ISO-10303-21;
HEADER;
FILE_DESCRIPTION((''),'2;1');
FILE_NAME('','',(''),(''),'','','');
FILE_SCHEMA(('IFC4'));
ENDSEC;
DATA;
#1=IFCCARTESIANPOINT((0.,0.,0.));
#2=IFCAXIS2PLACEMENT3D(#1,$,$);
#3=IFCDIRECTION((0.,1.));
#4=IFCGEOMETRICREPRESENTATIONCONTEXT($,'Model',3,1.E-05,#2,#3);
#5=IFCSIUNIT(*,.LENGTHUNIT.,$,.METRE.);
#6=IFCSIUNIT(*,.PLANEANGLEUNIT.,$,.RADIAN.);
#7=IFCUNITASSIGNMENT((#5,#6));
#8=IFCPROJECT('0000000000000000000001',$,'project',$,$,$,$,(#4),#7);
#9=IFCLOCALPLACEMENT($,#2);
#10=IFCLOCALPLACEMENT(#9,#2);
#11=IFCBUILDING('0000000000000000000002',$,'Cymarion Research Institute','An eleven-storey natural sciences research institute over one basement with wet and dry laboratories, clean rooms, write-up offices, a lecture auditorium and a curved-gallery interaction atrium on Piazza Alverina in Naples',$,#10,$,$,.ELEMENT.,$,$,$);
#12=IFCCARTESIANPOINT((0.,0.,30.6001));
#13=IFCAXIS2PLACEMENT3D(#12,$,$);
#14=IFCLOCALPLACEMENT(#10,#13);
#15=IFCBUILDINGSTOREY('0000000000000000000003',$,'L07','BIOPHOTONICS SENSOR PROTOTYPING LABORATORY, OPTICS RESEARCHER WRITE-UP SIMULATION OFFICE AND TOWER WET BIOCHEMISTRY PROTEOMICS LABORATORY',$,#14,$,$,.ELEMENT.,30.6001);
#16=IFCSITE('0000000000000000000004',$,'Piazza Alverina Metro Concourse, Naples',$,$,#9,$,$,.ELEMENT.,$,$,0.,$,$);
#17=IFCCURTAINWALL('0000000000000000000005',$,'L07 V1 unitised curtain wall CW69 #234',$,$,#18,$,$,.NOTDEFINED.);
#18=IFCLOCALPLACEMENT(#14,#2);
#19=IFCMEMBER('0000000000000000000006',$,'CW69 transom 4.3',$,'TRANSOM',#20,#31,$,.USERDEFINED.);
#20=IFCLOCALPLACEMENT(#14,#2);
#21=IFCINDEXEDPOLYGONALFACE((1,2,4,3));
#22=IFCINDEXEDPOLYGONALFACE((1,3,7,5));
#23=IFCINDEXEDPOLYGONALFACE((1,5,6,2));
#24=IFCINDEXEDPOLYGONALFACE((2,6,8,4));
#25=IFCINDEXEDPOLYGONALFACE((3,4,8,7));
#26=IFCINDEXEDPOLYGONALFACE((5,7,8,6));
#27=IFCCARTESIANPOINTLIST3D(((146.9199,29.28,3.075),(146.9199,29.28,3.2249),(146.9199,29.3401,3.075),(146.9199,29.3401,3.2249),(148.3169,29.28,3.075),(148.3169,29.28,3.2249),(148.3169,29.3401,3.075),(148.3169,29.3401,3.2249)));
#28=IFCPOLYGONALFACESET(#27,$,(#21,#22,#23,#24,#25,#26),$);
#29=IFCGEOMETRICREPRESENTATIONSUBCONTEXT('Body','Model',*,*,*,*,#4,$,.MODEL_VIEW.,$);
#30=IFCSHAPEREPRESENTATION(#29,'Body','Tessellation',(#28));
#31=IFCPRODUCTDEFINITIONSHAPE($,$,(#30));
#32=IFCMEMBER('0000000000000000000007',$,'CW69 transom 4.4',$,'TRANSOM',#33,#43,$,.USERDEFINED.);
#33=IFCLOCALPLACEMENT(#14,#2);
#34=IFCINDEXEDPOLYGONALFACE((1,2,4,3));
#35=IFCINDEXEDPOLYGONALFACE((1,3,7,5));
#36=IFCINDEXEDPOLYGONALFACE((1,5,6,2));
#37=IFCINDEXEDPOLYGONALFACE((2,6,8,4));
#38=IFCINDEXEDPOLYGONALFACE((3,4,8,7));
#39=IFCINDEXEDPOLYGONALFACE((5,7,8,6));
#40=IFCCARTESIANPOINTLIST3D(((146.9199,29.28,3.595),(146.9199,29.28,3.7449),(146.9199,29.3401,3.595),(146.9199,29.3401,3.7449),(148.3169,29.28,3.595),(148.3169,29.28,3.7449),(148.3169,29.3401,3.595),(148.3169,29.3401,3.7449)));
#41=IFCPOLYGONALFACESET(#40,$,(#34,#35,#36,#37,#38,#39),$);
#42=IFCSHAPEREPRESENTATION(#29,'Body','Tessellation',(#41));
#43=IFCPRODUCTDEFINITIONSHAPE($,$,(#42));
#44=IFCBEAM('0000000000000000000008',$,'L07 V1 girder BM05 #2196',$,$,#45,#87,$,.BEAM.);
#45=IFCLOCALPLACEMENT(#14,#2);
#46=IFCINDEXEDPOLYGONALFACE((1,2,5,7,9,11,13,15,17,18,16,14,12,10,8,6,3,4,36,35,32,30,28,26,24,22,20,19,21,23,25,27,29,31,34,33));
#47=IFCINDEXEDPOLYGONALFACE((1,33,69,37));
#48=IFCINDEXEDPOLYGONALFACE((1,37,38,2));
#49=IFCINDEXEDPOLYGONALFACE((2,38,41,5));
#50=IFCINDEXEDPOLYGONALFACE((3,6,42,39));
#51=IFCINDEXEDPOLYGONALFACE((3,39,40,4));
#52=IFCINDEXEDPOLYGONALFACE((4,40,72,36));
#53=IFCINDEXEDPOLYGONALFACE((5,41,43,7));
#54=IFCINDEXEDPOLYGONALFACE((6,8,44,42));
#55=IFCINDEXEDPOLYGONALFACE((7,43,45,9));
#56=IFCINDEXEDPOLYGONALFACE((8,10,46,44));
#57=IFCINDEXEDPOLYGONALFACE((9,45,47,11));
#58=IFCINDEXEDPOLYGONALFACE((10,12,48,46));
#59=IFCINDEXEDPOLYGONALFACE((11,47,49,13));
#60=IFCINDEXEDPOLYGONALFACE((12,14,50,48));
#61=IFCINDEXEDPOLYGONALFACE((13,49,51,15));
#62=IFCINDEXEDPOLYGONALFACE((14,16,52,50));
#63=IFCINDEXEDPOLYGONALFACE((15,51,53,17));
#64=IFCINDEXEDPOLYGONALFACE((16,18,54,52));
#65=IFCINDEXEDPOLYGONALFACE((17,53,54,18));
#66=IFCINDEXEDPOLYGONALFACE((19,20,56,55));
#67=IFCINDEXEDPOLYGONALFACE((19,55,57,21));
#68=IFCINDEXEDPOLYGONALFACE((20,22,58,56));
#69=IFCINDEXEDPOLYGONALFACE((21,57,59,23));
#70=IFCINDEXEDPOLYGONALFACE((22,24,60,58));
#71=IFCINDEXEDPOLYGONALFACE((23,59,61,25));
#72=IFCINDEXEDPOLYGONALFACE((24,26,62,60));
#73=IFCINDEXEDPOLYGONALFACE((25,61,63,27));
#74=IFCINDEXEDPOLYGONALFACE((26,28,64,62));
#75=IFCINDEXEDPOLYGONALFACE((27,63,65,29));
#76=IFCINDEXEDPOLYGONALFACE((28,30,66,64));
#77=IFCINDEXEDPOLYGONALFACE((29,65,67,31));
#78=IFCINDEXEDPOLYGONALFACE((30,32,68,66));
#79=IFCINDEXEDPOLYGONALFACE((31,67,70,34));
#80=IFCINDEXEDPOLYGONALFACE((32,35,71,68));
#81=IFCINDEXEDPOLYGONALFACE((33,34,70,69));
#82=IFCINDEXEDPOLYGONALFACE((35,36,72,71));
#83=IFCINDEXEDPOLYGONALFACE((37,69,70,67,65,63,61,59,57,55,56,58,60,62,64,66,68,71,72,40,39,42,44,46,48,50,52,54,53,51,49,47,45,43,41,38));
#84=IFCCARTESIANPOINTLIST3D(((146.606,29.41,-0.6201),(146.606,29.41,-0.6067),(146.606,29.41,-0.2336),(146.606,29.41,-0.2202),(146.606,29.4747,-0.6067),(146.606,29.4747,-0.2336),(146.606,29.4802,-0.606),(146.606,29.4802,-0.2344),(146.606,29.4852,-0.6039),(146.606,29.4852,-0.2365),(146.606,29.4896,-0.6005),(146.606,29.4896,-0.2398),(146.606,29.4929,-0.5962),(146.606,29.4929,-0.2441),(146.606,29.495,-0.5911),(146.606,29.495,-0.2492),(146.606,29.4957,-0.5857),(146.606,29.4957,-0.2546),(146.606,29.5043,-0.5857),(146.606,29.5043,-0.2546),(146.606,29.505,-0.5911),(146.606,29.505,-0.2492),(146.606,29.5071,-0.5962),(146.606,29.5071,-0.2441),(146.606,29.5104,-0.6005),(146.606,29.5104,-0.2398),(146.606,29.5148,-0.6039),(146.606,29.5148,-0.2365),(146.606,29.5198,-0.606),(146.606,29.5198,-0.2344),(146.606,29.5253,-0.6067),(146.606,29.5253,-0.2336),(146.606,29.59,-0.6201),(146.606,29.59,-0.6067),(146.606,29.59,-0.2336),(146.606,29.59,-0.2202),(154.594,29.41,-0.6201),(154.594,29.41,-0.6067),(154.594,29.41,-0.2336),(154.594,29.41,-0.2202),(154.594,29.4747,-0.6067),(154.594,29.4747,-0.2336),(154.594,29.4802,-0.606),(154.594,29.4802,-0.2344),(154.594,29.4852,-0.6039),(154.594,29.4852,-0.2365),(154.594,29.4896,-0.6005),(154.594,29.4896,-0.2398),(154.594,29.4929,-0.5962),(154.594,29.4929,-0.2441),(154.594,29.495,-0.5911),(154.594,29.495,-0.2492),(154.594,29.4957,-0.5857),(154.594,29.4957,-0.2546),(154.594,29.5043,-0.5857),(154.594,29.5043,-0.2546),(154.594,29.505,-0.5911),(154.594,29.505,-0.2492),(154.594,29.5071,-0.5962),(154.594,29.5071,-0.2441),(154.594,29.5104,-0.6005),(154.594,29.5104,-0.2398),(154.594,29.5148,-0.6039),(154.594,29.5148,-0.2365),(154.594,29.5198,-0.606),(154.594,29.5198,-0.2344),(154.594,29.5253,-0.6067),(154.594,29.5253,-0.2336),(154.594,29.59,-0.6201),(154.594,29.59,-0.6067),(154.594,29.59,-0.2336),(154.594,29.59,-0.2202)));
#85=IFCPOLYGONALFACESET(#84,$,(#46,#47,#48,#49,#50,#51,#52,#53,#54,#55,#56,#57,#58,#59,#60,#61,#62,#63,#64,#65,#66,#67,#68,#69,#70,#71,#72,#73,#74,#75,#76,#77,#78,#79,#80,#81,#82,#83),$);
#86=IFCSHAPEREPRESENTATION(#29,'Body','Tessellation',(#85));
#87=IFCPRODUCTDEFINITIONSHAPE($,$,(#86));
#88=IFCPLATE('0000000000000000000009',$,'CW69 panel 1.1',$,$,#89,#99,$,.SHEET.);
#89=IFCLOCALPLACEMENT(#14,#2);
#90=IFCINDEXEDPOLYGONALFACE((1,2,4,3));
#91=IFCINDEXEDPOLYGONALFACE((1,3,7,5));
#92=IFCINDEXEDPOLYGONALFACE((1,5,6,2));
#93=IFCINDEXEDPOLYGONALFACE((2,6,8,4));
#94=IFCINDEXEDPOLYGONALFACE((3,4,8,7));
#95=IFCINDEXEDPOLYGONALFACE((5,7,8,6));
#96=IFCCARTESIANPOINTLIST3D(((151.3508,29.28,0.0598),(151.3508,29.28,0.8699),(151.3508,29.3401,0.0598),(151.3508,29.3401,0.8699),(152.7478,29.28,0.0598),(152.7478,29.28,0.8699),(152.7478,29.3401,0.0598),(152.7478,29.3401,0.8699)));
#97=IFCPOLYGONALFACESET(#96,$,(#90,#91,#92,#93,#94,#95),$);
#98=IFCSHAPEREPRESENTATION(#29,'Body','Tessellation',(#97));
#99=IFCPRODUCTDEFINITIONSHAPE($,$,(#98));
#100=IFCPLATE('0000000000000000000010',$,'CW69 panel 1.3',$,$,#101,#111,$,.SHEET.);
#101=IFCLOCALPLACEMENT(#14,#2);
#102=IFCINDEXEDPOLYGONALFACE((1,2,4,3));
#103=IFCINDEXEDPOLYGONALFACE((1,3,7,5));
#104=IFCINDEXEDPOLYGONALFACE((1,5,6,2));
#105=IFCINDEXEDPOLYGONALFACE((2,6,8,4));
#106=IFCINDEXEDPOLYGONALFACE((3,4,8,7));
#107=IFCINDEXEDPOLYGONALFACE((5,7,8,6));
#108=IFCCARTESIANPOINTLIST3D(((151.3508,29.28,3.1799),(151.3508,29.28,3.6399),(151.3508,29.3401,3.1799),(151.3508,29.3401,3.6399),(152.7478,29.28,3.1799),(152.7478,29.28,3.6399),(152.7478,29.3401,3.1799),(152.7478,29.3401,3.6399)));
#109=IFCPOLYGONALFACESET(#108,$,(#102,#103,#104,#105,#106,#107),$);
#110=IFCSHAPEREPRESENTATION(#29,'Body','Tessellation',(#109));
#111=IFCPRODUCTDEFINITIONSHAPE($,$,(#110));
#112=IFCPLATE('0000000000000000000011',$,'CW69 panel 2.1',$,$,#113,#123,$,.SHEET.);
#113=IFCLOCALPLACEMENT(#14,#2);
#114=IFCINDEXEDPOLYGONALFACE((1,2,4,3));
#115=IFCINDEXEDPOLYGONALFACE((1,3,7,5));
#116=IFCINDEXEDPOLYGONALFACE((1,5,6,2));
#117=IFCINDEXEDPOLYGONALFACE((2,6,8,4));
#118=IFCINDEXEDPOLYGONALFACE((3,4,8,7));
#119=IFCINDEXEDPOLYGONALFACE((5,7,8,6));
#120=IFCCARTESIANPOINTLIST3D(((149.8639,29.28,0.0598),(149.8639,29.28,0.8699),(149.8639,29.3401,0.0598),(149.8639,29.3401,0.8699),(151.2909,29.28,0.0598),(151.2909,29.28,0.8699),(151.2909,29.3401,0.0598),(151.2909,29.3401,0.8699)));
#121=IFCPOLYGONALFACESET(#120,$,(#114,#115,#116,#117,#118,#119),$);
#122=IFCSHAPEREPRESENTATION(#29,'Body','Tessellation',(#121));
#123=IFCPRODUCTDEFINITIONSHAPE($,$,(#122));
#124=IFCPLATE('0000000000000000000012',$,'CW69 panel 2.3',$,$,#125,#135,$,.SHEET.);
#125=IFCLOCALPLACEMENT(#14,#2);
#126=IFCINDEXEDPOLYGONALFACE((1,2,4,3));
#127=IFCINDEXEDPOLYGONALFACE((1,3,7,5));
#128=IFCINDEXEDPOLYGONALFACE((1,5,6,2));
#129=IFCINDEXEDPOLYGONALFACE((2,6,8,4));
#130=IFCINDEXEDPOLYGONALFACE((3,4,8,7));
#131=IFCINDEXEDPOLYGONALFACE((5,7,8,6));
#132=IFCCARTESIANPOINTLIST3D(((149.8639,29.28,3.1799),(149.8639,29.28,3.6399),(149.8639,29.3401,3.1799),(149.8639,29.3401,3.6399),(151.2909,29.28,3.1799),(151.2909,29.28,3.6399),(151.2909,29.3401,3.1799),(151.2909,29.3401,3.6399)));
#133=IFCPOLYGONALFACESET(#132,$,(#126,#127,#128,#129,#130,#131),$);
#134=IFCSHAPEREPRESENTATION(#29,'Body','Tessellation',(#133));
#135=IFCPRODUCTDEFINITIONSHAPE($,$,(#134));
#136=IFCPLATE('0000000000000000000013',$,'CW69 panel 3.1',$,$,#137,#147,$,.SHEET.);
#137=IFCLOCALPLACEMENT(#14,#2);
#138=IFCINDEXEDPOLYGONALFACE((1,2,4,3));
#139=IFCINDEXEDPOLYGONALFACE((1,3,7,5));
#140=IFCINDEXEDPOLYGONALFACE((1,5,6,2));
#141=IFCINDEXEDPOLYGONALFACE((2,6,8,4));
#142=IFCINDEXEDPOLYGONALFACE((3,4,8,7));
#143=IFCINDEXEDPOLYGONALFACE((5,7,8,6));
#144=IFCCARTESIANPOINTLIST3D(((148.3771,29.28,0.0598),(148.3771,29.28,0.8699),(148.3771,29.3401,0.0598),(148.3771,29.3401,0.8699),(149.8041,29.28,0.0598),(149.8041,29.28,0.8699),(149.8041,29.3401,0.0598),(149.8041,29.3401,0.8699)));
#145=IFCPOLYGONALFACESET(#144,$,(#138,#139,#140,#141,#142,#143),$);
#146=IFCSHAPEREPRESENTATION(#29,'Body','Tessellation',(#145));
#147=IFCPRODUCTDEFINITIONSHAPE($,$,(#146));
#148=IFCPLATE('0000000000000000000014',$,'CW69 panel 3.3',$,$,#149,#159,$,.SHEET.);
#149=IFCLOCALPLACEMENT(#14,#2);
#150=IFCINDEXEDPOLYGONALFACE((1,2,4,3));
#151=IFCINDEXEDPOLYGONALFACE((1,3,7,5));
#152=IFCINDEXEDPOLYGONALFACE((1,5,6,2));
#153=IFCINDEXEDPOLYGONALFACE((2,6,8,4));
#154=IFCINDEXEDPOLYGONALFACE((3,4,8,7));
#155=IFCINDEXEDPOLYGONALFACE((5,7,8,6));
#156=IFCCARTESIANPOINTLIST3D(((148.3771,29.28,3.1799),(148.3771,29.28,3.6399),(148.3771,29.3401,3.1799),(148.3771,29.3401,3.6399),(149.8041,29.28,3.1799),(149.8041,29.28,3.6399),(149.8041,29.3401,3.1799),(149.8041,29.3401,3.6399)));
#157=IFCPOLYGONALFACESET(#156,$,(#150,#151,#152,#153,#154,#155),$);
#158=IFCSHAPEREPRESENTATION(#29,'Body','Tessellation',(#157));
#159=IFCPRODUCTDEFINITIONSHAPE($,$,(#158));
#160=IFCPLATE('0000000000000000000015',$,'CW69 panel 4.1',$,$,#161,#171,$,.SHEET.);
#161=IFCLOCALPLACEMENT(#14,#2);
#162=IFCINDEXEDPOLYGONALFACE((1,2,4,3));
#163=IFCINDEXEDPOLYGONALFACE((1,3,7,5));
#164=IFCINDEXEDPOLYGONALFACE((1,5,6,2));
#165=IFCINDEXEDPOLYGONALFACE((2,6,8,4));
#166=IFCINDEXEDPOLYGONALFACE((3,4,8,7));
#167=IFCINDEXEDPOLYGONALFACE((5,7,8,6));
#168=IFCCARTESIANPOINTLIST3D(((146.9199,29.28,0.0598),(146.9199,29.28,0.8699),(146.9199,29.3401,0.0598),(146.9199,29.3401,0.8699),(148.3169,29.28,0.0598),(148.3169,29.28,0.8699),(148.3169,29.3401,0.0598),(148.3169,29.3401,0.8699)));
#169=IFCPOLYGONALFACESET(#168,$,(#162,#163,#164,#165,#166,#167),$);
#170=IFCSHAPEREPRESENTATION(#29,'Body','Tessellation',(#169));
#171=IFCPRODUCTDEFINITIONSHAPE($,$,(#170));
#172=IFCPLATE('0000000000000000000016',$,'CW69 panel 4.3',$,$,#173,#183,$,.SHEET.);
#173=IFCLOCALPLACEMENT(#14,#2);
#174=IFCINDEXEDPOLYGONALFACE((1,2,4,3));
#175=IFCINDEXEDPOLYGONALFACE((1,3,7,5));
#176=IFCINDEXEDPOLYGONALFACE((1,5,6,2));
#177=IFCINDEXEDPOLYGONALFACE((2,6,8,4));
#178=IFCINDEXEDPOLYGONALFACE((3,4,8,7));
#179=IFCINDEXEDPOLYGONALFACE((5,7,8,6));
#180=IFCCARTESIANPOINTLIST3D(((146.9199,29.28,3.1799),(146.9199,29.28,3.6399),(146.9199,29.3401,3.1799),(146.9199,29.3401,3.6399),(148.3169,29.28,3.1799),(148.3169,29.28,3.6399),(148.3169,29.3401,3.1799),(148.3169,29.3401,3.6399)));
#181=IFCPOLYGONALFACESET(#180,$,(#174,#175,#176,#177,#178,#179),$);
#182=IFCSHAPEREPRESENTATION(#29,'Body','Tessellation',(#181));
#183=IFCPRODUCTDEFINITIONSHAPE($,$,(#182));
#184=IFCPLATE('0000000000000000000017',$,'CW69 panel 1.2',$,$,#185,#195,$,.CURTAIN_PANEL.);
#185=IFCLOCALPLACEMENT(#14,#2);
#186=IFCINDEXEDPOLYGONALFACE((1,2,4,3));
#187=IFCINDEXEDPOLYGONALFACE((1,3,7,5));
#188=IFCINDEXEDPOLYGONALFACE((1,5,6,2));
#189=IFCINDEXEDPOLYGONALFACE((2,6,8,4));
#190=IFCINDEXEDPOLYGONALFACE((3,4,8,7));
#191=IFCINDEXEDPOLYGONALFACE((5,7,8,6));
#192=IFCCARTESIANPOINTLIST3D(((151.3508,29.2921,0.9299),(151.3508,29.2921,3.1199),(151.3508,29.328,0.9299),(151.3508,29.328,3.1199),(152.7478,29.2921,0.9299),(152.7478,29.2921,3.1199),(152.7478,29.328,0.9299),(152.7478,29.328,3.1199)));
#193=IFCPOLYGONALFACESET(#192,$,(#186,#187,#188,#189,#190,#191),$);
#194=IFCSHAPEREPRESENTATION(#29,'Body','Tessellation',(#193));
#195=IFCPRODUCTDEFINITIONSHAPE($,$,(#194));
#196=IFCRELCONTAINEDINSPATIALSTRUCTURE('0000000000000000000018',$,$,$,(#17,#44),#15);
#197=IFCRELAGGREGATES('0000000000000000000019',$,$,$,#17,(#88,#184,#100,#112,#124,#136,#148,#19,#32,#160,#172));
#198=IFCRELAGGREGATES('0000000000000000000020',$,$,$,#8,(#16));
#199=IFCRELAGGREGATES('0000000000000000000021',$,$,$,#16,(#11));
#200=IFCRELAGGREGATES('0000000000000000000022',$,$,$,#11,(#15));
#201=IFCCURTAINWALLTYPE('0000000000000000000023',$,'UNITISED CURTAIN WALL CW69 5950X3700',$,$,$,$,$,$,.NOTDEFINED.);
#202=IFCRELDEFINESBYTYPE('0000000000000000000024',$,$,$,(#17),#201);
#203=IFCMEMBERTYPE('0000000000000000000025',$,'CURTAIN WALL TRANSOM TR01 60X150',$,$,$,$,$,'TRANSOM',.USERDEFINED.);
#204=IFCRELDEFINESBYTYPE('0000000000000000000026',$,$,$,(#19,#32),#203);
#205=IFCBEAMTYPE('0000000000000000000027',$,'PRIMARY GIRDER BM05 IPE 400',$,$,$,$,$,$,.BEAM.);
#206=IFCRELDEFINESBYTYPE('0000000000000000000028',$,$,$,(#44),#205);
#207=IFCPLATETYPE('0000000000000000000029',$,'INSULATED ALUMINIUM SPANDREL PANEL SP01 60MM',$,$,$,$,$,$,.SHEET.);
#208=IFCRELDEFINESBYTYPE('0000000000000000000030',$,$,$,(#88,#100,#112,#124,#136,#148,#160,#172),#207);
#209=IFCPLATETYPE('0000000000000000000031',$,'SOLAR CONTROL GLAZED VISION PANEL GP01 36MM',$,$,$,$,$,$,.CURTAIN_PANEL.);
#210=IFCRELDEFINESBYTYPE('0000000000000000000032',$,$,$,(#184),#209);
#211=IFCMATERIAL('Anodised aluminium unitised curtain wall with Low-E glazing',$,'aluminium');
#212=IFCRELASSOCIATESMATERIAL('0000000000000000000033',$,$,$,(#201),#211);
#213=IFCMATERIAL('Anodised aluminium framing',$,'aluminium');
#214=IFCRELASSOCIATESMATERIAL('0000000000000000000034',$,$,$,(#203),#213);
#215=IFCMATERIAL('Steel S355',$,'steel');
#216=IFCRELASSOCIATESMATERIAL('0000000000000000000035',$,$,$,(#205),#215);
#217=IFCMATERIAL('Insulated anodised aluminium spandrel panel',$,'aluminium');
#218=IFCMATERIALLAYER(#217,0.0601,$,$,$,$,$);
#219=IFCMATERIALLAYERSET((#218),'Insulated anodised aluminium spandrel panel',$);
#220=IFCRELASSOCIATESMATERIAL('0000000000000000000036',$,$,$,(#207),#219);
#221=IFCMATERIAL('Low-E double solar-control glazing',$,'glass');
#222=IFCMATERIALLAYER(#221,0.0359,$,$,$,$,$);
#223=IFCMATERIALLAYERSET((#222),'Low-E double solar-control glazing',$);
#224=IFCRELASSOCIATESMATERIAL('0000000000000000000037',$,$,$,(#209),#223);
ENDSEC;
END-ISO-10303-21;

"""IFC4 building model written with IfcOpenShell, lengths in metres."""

from ifc_helpers import new_model, si_unit, direction, frame, origin, origin_2d, place, context, subcontext, project, spatial, rectangle, i_section, extrude, material, layer, layer_set, material_profile, profile_set, type_object, element, aggregate, save


model = new_model("IFC4")

# Units and contexts
model_context = context("Model", 3, precision=1e-05, world=origin(), true_north=direction((0.0, 1.0)))
body_context = subcontext(model_context, "Body", "Model", "MODEL_VIEW")
ifc_project = project(units=[si_unit("LENGTHUNIT", "METRE"), si_unit("PLANEANGLEUNIT", "RADIAN")], contexts=[model_context])

# Site, building, storey
site_placement = place(None, origin())
site = spatial("IfcSite", under=ifc_project, at=site_placement, Name="Piazza Alverina Metro Concourse, Naples", CompositionType="ELEMENT", RefElevation=0.0)
building_placement = place(site_placement, origin())
building = spatial("IfcBuilding", under=site, at=building_placement, Name="Cymarion Research Institute", Description="An eleven-storey natural sciences research institute over one basement with wet and dry laboratories, clean rooms, write-up offices, a lecture auditorium and a curved-gallery interaction atrium on Piazza Alverina in Naples", CompositionType="ELEMENT")
storey_placement = place(building_placement, frame((0.0, 0.0, 30.6001)))
storey = spatial("IfcBuildingStorey", under=building, at=storey_placement, Name="L07", Description="BIOPHOTONICS SENSOR PROTOTYPING LABORATORY, OPTICS RESEARCHER WRITE-UP SIMULATION OFFICE AND TOWER WET BIOCHEMISTRY PROTEOMICS LABORATORY", CompositionType="ELEMENT", Elevation=30.6001)

# Curtain wall, members
ifc_material_1 = material(Name="Anodised aluminium unitised curtain wall with Low-E glazing", Category="aluminium")
curtain_wall_type = type_object("IfcCurtainWallType", Name="UNITISED CURTAIN WALL CW69 5950X3700", PredefinedType="NOTDEFINED", material=ifc_material_1)
curtain_wall_placement = place(storey_placement, origin())
curtain_wall = element("IfcCurtainWall", 1, at=curtain_wall_placement, inside=storey, type_object=curtain_wall_type, Name="L07 V1 unitised curtain wall CW69 #234", PredefinedType="NOTDEFINED")
ifc_material_2 = material(Name="Anodised aluminium framing", Category="aluminium")
ifc_material_profile_1 = material_profile(ifc_material_2, rectangle(XDim=0.0601, YDim=0.1499, at=origin_2d()), Name="ALU TRANSOM 60x150")
ifc_profile_set_1 = profile_set([ifc_material_profile_1], Name="Anodised aluminium framing")
member_type_1 = type_object("IfcMemberType", Name="CURTAIN WALL TRANSOM TR01 60X150", ElementType="TRANSOM", PredefinedType="USERDEFINED", material=ifc_profile_set_1)
member_1_placement = place(storey_placement, frame((148.3169, 29.3101, 3.1499), z_axis=(-1.0, 0.0, 0.0), x_axis=(0.0, -1.0, 0.0)))
member_1 = element("IfcMember", 2, at=member_1_placement, type_object=member_type_1, Name="CW69 transom 4.3", ObjectType="TRANSOM", PredefinedType="USERDEFINED", context=body_context, shape_type="SweptSolid", body=[
    extrude(rectangle(XDim=0.0601, YDim=0.1499, at=origin_2d()), origin(), (0.0, 0.0, 1.0), 1.397),
])
member_2_placement = place(storey_placement, frame((148.3169, 29.3101, 3.6699), z_axis=(-1.0, 0.0, 0.0), x_axis=(0.0, -1.0, 0.0)))
member_2 = element("IfcMember", 3, at=member_2_placement, type_object=member_type_1, Name="CW69 transom 4.4", ObjectType="TRANSOM", PredefinedType="USERDEFINED", context=body_context, shape_type="SweptSolid", body=[
    extrude(rectangle(XDim=0.0601, YDim=0.1499, at=origin_2d()), origin(), (0.0, 0.0, 1.0), 1.397),
])

# Beam
ifc_material_3 = material(Name="Steel S355", Category="steel")
ifc_material_profile_2 = material_profile(ifc_material_3, i_section(OverallWidth=0.1799, OverallDepth=0.3999, WebThickness=0.0085, FlangeThickness=0.0134, FilletRadius=0.021, at=origin_2d()), Name="IPE 400")
ifc_profile_set_2 = profile_set([ifc_material_profile_2], Name="Steel S355")
beam_type = type_object("IfcBeamType", Name="PRIMARY GIRDER BM05 IPE 400", PredefinedType="BEAM", material=ifc_profile_set_2)
beam_placement = place(storey_placement, frame((146.606, 29.5, -0.4202), z_axis=(1.0, 0.0, 0.0), x_axis=(0.0, 1.0, 0.0)))
element("IfcBeam", 4, at=beam_placement, inside=storey, type_object=beam_type, Name="L07 V1 girder BM05 #2196", PredefinedType="BEAM", context=body_context, shape_type="SweptSolid", body=[
    extrude(i_section(OverallWidth=0.1799, OverallDepth=0.3999, WebThickness=0.0085, FlangeThickness=0.0134, FilletRadius=0.021, at=origin_2d()), origin(), (0.0, 0.0, 1.0), 7.988),
])

# Plates
ifc_material_4 = material(Name="Insulated anodised aluminium spandrel panel", Category="aluminium")
ifc_layer_1 = layer(ifc_material_4, 0.0601)
ifc_layer_set_1 = layer_set([ifc_layer_1], Name="Insulated anodised aluminium spandrel panel")
plate_type_1 = type_object("IfcPlateType", Name="INSULATED ALUMINIUM SPANDREL PANEL SP01 60MM", PredefinedType="SHEET", material=ifc_layer_set_1)
plate_1_placement = place(storey_placement, frame((152.0493, 29.3101, 0.0598), z_axis=(0.0, 0.0, 1.0), x_axis=(-1.0, 0.0, 0.0)))
plate_1 = element("IfcPlate", 5, at=plate_1_placement, type_object=plate_type_1, Name="CW69 panel 1.1", PredefinedType="SHEET", context=body_context, shape_type="SweptSolid", body=[
    extrude(rectangle(XDim=1.397, YDim=0.0601, at=origin_2d()), origin(), (0.0, 0.0, 1.0), 0.8101),
])
plate_2_placement = place(storey_placement, frame((152.0493, 29.3101, 3.1799), z_axis=(0.0, 0.0, 1.0), x_axis=(-1.0, 0.0, 0.0)))
plate_2 = element("IfcPlate", 6, at=plate_2_placement, type_object=plate_type_1, Name="CW69 panel 1.3", PredefinedType="SHEET", context=body_context, shape_type="SweptSolid", body=[
    extrude(rectangle(XDim=1.397, YDim=0.0601, at=origin_2d()), origin(), (0.0, 0.0, 1.0), 0.46),
])
plate_3_placement = place(storey_placement, frame((150.5774, 29.3101, 0.0598), z_axis=(0.0, 0.0, 1.0), x_axis=(-1.0, 0.0, 0.0)))
plate_3 = element("IfcPlate", 7, at=plate_3_placement, type_object=plate_type_1, Name="CW69 panel 2.1", PredefinedType="SHEET", context=body_context, shape_type="SweptSolid", body=[
    extrude(rectangle(XDim=1.427, YDim=0.0601, at=origin_2d()), origin(), (0.0, 0.0, 1.0), 0.8101),
])
plate_4_placement = place(storey_placement, frame((150.5774, 29.3101, 3.1799), z_axis=(0.0, 0.0, 1.0), x_axis=(-1.0, 0.0, 0.0)))
plate_4 = element("IfcPlate", 8, at=plate_4_placement, type_object=plate_type_1, Name="CW69 panel 2.3", PredefinedType="SHEET", context=body_context, shape_type="SweptSolid", body=[
    extrude(rectangle(XDim=1.427, YDim=0.0601, at=origin_2d()), origin(), (0.0, 0.0, 1.0), 0.46),
])
plate_5_placement = place(storey_placement, frame((149.0906, 29.3101, 0.0598), z_axis=(0.0, 0.0, 1.0), x_axis=(-1.0, 0.0, 0.0)))
plate_5 = element("IfcPlate", 9, at=plate_5_placement, type_object=plate_type_1, Name="CW69 panel 3.1", PredefinedType="SHEET", context=body_context, shape_type="SweptSolid", body=[
    extrude(rectangle(XDim=1.427, YDim=0.0601, at=origin_2d()), origin(), (0.0, 0.0, 1.0), 0.8101),
])
plate_6_placement = place(storey_placement, frame((149.0906, 29.3101, 3.1799), z_axis=(0.0, 0.0, 1.0), x_axis=(-1.0, 0.0, 0.0)))
plate_6 = element("IfcPlate", 10, at=plate_6_placement, type_object=plate_type_1, Name="CW69 panel 3.3", PredefinedType="SHEET", context=body_context, shape_type="SweptSolid", body=[
    extrude(rectangle(XDim=1.427, YDim=0.0601, at=origin_2d()), origin(), (0.0, 0.0, 1.0), 0.46),
])
plate_7_placement = place(storey_placement, frame((147.6184, 29.3101, 0.0598), z_axis=(0.0, 0.0, 1.0), x_axis=(-1.0, 0.0, 0.0)))
plate_7 = element("IfcPlate", 11, at=plate_7_placement, type_object=plate_type_1, Name="CW69 panel 4.1", PredefinedType="SHEET", context=body_context, shape_type="SweptSolid", body=[
    extrude(rectangle(XDim=1.397, YDim=0.0601, at=origin_2d()), origin(), (0.0, 0.0, 1.0), 0.8101),
])
plate_8_placement = place(storey_placement, frame((147.6184, 29.3101, 3.1799), z_axis=(0.0, 0.0, 1.0), x_axis=(-1.0, 0.0, 0.0)))
plate_8 = element("IfcPlate", 12, at=plate_8_placement, type_object=plate_type_1, Name="CW69 panel 4.3", PredefinedType="SHEET", context=body_context, shape_type="SweptSolid", body=[
    extrude(rectangle(XDim=1.397, YDim=0.0601, at=origin_2d()), origin(), (0.0, 0.0, 1.0), 0.46),
])
ifc_material_5 = material(Name="Low-E double solar-control glazing", Category="glass")
ifc_layer_2 = layer(ifc_material_5, 0.0359)
ifc_layer_set_2 = layer_set([ifc_layer_2], Name="Low-E double solar-control glazing")
plate_type_2 = type_object("IfcPlateType", Name="SOLAR CONTROL GLAZED VISION PANEL GP01 36MM", PredefinedType="CURTAIN_PANEL", material=ifc_layer_set_2)
plate_9_placement = place(storey_placement, frame((152.0493, 29.3101, 0.9299), z_axis=(0.0, 0.0, 1.0), x_axis=(-1.0, 0.0, 0.0)))
plate_9 = element("IfcPlate", 13, at=plate_9_placement, type_object=plate_type_2, Name="CW69 panel 1.2", PredefinedType="CURTAIN_PANEL", context=body_context, shape_type="SweptSolid", body=[
    extrude(rectangle(XDim=1.397, YDim=0.0359, at=origin_2d()), origin(), (0.0, 0.0, 1.0), 2.1899),
])
aggregate(curtain_wall, [plate_1, plate_9, plate_2, plate_3, plate_4, plate_5, plate_6, member_1, member_2, plate_7, plate_8])

save(model, "model.ifc")
